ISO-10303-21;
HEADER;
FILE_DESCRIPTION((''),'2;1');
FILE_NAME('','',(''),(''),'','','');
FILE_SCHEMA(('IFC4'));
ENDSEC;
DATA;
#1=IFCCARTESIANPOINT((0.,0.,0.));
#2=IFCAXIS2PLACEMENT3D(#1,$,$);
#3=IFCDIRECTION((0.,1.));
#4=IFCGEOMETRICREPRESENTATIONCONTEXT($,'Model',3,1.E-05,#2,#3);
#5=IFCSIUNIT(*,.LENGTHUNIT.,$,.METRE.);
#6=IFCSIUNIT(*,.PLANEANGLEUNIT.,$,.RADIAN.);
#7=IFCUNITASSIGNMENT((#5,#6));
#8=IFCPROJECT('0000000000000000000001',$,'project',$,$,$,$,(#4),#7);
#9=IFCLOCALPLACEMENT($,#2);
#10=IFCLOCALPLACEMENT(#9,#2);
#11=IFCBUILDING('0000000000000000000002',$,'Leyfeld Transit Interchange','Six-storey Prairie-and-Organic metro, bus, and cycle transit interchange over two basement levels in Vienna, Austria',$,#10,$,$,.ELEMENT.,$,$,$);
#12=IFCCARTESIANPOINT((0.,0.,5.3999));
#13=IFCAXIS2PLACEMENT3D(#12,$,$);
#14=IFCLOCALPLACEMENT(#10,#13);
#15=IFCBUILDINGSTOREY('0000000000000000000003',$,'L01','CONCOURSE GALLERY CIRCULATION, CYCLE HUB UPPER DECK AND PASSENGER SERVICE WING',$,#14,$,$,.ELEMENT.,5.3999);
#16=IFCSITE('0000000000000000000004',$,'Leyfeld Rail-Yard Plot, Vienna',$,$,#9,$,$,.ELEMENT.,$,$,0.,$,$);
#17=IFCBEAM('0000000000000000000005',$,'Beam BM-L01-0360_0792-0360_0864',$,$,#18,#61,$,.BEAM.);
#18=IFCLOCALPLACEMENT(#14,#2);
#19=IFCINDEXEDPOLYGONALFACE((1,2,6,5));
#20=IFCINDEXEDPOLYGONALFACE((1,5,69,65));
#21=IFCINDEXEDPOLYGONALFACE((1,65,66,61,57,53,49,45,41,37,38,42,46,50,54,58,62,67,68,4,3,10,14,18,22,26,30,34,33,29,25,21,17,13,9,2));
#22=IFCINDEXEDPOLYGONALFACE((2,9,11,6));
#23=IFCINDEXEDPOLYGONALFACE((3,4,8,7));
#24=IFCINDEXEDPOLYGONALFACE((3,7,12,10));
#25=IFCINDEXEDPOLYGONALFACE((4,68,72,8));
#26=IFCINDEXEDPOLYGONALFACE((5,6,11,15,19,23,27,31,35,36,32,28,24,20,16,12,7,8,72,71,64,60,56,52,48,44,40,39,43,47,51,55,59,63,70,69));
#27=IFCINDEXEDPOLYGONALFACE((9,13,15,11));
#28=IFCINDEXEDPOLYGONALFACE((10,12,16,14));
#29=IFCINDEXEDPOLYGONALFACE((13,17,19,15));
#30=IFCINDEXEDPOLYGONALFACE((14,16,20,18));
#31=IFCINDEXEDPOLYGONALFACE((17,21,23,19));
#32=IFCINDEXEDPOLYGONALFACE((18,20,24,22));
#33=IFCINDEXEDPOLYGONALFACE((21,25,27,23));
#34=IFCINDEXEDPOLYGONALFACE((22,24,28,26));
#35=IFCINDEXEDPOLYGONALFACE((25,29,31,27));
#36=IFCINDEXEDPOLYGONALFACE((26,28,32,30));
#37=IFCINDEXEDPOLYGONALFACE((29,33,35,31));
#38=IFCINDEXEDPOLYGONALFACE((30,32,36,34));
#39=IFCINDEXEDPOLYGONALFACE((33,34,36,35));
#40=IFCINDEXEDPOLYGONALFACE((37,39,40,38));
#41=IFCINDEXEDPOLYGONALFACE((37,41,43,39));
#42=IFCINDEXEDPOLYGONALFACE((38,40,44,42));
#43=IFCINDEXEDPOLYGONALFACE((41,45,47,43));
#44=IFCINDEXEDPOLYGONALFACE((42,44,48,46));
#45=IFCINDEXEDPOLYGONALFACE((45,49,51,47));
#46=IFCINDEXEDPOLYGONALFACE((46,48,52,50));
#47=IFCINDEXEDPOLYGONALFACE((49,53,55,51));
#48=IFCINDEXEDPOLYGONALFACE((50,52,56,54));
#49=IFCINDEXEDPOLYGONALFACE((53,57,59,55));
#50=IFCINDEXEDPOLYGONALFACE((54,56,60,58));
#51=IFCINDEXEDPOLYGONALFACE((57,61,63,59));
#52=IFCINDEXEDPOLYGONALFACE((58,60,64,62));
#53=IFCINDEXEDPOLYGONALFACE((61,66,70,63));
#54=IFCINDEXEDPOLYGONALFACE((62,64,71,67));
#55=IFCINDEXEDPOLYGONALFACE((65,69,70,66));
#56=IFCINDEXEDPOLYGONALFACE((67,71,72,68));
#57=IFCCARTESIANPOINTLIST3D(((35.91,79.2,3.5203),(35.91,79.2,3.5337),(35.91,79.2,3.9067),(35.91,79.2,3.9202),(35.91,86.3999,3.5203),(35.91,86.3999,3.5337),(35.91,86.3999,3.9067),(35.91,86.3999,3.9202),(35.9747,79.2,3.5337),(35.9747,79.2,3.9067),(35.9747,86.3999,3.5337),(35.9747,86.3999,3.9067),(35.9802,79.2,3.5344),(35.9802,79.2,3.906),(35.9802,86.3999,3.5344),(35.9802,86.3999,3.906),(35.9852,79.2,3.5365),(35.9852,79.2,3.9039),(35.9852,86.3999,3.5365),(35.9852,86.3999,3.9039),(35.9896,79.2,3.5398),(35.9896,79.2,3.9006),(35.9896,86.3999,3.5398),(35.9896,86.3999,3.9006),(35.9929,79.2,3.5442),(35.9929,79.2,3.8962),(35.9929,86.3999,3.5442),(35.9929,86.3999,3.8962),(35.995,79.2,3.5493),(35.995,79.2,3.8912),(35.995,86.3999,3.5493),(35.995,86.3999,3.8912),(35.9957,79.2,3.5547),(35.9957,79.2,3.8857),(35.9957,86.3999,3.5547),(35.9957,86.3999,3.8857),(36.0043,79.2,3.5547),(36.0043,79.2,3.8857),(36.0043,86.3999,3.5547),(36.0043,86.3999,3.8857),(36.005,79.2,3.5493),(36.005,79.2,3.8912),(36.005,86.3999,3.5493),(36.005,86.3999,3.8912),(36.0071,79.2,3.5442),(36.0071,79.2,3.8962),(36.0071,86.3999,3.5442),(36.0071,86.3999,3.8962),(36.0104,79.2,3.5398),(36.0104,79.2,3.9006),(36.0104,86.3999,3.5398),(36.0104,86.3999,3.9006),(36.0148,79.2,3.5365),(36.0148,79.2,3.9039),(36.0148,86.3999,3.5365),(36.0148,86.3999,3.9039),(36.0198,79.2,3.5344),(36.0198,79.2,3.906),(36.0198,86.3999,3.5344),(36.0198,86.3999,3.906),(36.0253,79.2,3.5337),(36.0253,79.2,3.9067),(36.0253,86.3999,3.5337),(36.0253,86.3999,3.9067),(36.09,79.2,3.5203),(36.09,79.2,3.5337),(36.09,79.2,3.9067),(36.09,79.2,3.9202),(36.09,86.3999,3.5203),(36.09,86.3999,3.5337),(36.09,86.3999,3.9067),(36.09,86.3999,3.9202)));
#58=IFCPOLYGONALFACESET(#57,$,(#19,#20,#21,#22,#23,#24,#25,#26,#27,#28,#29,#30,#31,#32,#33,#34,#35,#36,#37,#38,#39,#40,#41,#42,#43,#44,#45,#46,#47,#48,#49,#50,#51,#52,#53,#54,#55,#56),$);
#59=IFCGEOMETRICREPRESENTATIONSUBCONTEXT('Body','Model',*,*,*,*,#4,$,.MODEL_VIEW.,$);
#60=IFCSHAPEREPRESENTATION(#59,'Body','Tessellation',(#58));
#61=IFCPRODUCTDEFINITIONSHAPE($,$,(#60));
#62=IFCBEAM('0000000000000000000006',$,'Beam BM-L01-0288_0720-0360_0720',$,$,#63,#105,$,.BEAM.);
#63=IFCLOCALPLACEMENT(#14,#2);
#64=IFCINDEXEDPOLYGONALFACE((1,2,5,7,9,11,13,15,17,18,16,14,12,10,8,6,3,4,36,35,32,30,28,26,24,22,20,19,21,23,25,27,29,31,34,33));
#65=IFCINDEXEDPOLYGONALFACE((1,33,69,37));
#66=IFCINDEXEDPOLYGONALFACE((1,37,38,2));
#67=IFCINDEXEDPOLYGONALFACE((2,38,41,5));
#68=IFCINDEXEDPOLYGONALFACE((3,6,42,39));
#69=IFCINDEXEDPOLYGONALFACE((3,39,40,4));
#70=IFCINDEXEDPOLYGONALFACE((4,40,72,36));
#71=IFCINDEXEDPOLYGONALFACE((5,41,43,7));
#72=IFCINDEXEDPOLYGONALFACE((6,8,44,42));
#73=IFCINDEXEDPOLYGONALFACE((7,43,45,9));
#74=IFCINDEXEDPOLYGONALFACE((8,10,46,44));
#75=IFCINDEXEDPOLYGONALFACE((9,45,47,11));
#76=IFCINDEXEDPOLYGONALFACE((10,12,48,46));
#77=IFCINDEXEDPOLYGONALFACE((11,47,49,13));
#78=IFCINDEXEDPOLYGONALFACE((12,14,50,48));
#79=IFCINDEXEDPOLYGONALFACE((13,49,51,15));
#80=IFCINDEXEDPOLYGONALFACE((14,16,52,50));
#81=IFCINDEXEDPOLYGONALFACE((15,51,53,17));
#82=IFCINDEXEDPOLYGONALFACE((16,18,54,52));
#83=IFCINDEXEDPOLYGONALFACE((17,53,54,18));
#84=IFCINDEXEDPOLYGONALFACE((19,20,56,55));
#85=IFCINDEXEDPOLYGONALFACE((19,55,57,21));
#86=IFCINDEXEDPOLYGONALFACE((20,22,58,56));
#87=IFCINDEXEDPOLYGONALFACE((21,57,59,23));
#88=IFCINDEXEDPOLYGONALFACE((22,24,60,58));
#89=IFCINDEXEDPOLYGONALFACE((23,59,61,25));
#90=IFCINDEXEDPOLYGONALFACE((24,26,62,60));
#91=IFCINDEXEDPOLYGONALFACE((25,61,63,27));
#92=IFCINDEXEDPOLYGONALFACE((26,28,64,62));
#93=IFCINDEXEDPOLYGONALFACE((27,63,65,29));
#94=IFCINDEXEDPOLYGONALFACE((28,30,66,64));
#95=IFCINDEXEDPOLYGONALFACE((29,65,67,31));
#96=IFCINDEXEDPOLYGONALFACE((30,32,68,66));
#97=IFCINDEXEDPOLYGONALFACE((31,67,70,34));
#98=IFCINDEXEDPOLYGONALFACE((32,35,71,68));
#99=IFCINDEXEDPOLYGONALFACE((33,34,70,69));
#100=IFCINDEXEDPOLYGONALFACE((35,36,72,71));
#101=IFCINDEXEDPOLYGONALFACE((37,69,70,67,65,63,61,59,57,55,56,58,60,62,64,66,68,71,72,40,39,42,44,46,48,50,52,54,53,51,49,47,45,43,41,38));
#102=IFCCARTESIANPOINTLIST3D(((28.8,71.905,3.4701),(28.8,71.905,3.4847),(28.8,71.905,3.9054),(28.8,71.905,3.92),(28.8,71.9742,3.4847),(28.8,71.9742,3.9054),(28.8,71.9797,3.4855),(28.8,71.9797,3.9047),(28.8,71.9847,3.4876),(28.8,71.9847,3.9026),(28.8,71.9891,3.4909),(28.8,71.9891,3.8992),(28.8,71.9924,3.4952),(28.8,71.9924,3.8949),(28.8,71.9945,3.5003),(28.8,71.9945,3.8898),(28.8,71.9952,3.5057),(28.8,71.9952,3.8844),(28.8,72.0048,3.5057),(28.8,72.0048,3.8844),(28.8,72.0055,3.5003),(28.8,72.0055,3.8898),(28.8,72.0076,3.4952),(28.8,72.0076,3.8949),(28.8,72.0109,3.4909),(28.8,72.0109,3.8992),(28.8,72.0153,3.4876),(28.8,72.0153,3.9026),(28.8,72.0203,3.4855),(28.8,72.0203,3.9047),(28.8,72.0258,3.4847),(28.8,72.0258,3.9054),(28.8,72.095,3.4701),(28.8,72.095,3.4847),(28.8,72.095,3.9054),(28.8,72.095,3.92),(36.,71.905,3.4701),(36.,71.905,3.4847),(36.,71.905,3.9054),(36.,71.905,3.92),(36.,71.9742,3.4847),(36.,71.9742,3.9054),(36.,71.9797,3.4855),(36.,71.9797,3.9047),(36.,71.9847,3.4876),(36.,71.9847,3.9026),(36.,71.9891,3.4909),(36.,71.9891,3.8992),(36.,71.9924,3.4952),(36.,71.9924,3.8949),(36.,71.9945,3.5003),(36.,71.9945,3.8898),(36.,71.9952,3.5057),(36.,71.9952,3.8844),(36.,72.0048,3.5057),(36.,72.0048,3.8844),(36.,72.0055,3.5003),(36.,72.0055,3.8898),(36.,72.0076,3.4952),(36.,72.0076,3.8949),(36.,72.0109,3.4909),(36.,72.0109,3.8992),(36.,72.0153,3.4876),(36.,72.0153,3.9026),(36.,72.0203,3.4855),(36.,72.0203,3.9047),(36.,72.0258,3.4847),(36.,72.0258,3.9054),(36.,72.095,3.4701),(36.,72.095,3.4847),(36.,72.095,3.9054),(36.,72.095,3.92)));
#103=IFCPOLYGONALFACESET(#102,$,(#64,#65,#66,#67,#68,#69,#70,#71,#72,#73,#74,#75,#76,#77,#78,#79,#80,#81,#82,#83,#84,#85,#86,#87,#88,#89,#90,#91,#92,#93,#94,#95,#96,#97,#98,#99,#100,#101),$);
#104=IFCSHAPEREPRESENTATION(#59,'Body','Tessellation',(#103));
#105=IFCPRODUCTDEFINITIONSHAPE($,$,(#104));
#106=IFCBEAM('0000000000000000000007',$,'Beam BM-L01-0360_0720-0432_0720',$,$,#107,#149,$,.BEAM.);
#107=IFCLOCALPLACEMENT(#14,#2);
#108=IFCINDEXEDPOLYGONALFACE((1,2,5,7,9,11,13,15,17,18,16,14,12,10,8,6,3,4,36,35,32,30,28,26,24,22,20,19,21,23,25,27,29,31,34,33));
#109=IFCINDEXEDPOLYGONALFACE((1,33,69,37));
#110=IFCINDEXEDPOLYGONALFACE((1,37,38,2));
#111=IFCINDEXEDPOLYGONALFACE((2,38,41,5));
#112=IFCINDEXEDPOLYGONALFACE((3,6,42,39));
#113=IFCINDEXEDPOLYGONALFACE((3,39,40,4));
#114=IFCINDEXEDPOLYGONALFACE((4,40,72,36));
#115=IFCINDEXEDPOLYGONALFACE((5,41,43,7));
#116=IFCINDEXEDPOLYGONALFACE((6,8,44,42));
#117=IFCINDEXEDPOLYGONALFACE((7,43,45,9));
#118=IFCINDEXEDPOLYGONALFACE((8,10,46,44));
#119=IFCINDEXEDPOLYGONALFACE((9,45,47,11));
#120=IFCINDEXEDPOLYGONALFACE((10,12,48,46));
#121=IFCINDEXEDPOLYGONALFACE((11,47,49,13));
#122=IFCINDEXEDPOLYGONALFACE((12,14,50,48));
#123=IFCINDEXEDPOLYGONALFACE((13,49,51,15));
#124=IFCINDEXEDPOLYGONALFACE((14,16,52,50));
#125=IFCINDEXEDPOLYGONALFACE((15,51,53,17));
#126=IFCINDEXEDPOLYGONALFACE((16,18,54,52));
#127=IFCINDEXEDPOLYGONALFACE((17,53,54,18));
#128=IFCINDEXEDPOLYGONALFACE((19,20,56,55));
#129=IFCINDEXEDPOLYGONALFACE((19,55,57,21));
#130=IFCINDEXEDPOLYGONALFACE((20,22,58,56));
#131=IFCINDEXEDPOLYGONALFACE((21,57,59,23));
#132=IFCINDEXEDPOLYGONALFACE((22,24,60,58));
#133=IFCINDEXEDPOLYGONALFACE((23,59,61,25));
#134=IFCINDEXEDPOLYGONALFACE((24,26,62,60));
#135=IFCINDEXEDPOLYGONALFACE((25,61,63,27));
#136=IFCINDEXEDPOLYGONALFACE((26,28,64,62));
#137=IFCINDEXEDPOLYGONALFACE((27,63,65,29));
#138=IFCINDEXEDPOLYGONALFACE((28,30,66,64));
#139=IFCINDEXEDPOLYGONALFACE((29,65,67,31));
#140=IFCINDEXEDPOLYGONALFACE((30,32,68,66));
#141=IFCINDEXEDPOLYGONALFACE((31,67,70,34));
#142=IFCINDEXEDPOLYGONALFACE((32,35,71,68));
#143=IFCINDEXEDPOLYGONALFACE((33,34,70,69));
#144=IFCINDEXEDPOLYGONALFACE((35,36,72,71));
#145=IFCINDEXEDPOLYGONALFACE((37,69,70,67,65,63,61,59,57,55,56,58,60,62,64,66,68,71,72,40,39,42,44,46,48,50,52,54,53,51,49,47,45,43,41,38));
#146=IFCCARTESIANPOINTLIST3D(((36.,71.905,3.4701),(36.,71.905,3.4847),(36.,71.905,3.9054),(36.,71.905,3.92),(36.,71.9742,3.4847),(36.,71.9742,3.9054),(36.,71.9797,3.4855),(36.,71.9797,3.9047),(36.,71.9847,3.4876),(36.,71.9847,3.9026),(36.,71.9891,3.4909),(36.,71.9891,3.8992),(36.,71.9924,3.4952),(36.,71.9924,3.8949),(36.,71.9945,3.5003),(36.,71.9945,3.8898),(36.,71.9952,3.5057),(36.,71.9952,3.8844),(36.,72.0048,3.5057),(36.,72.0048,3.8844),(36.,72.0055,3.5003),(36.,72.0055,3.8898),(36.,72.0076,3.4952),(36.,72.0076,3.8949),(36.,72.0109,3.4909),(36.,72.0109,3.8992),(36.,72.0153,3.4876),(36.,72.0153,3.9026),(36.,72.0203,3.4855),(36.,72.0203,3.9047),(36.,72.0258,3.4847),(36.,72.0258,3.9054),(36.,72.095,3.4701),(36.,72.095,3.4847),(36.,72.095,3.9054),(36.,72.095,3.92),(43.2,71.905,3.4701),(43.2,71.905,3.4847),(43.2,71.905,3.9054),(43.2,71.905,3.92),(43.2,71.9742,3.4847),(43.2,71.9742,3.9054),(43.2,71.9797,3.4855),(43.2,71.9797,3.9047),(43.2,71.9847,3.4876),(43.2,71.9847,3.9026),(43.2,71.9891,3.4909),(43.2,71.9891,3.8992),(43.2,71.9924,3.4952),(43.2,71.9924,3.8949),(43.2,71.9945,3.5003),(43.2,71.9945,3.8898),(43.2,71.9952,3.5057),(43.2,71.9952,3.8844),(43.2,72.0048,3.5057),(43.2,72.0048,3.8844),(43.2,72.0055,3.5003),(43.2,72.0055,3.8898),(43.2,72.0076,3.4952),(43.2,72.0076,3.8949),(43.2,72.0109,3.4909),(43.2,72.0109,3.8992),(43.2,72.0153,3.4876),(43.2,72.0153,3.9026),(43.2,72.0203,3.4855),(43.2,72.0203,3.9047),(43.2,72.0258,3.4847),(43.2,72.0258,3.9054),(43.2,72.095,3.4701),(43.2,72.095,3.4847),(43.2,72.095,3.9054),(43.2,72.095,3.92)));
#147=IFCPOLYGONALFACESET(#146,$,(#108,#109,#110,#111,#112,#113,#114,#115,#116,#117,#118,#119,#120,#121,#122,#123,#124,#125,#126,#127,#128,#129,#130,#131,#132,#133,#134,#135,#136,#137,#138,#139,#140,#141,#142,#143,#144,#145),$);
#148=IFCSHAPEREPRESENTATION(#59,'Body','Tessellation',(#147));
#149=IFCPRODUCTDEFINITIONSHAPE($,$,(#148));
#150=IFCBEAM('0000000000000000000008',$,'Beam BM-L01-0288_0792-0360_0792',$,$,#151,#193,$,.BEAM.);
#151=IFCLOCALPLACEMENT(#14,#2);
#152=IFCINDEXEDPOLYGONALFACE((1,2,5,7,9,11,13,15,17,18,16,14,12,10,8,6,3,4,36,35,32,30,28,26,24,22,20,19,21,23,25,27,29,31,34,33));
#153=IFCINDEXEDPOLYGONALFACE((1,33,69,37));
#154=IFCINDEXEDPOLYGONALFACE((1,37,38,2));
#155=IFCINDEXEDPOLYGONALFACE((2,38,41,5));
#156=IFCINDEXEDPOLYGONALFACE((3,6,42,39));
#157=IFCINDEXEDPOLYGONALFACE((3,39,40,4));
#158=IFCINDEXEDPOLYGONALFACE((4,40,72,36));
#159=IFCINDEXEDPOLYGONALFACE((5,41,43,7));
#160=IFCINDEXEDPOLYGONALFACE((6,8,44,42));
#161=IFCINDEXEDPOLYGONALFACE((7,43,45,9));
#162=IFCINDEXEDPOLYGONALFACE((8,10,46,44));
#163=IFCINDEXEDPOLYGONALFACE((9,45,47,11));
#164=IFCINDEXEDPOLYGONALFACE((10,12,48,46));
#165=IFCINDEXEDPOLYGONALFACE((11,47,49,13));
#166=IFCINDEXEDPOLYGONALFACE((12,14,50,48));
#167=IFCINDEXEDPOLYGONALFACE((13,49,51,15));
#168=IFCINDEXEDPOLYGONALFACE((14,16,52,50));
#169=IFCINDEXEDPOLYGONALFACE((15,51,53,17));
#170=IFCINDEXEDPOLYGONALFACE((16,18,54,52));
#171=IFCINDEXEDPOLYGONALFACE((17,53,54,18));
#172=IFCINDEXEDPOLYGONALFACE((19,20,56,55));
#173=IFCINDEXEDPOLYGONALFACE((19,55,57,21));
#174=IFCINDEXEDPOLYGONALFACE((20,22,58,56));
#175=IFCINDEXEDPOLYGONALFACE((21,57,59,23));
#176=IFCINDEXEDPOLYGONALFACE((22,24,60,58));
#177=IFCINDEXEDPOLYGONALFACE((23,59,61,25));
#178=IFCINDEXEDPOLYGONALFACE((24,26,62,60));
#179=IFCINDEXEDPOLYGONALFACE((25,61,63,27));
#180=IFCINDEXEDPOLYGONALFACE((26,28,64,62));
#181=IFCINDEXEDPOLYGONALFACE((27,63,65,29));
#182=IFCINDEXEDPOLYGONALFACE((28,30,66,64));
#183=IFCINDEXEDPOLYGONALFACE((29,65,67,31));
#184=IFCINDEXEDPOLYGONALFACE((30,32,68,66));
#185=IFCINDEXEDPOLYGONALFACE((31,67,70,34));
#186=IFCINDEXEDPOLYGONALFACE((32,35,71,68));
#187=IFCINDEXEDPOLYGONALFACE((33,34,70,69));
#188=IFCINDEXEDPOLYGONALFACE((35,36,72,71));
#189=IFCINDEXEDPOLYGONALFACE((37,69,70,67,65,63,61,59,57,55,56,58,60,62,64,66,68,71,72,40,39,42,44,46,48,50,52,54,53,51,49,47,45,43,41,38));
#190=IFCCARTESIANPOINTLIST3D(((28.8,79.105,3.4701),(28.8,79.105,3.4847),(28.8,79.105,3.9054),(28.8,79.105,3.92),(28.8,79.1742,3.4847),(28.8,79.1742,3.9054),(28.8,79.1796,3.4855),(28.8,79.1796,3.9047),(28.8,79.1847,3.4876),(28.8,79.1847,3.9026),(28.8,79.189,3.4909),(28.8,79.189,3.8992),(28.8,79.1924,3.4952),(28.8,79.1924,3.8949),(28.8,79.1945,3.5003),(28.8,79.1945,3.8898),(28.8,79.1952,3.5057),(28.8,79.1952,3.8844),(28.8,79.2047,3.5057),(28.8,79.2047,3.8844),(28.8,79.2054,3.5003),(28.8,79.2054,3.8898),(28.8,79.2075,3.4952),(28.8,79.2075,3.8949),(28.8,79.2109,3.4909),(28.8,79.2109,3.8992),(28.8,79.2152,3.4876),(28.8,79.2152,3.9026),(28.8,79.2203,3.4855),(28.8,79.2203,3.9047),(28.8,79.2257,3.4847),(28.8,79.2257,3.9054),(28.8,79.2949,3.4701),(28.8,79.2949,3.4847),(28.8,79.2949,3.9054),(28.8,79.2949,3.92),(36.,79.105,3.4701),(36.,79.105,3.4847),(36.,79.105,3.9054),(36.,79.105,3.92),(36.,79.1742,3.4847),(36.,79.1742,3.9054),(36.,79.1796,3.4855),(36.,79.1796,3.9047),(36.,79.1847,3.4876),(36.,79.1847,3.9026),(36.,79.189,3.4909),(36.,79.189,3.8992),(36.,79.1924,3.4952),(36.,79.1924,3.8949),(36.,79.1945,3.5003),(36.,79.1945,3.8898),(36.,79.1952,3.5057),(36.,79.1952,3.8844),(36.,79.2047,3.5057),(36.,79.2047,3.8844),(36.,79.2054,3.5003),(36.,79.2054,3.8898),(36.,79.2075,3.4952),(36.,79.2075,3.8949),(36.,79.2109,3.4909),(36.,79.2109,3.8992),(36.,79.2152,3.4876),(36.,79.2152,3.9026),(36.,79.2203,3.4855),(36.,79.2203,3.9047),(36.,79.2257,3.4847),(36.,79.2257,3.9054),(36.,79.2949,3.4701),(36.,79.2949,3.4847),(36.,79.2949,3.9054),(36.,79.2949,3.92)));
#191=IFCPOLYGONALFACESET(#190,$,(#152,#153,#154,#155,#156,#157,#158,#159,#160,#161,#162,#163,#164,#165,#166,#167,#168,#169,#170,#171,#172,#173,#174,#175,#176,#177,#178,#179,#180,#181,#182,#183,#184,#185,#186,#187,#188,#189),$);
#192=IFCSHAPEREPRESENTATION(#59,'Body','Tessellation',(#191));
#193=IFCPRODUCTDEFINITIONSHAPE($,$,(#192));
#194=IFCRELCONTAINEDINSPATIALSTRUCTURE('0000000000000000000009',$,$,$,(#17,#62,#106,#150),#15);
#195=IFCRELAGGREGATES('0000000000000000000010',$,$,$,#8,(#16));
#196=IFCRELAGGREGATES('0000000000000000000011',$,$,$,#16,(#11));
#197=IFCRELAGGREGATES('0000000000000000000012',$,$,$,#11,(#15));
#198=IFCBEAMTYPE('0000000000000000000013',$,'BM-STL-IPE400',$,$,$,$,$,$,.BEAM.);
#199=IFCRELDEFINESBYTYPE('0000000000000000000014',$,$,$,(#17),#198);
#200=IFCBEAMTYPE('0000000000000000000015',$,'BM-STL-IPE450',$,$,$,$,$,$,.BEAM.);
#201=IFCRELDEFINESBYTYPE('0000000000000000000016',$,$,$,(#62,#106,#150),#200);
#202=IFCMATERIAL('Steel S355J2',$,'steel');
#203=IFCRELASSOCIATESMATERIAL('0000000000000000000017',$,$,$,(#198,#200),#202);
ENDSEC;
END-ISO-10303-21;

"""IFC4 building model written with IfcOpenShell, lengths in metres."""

from ifc_helpers import new_model, si_unit, direction, frame, origin, origin_2d, place, context, subcontext, project, spatial, i_section, extrude, material, material_profile, profile_set, type_object, element, save


model = new_model("IFC4")

# Units and contexts
model_context = context("Model", 3, precision=1e-05, world=origin(), true_north=direction((0.0, 1.0)))
body_context = subcontext(model_context, "Body", "Model", "MODEL_VIEW")
ifc_project = project(units=[si_unit("LENGTHUNIT", "METRE"), si_unit("PLANEANGLEUNIT", "RADIAN")], contexts=[model_context])

# Site, building, storey
site_placement = place(None, origin())
site = spatial("IfcSite", under=ifc_project, at=site_placement, Name="Leyfeld Rail-Yard Plot, Vienna", CompositionType="ELEMENT", RefElevation=0.0)
building_placement = place(site_placement, origin())
building = spatial("IfcBuilding", under=site, at=building_placement, Name="Leyfeld Transit Interchange", Description="Six-storey Prairie-and-Organic metro, bus, and cycle transit interchange over two basement levels in Vienna, Austria", CompositionType="ELEMENT")
storey_placement = place(building_placement, frame((0.0, 0.0, 5.3999)))
storey = spatial("IfcBuildingStorey", under=building, at=storey_placement, Name="L01", Description="CONCOURSE GALLERY CIRCULATION, CYCLE HUB UPPER DECK AND PASSENGER SERVICE WING", CompositionType="ELEMENT", Elevation=5.3999)

# Beams
ifc_material_1 = material(Name="Steel S355J2", Category="steel")
ifc_material_profile_1 = material_profile(ifc_material_1, i_section(OverallWidth=0.1799, OverallDepth=0.3999, WebThickness=0.0085, FlangeThickness=0.0134, FilletRadius=0.021, at=origin_2d()), Name="IPE 400")
ifc_profile_set_1 = profile_set([ifc_material_profile_1], Name="Steel S355J2")
beam_type_1 = type_object("IfcBeamType", Name="BM-STL-IPE400", PredefinedType="BEAM", material=ifc_profile_set_1)
for number, where, z_axis, x_axis, name in (
    (1, (36.0, 79.2, 3.7202), (0.0, 1.0, 0.0), (-1.0, 0.0, 0.0), "Beam BM-L01-0360_0792-0360_0864"),
):
    element("IfcBeam", number, at=place(storey_placement, frame(where, z_axis=z_axis, x_axis=x_axis)), inside=storey, type_object=beam_type_1, Name=name, PredefinedType="BEAM", context=body_context, shape_type="SweptSolid", body=[
        extrude(i_section(OverallWidth=0.1799, OverallDepth=0.3999, WebThickness=0.0085, FlangeThickness=0.0134, FilletRadius=0.021, at=origin_2d()), origin(), (0.0, 0.0, 1.0), 7.2),
    ])
ifc_material_profile_2 = material_profile(ifc_material_1, i_section(OverallWidth=0.1899, OverallDepth=0.45, WebThickness=0.0095, FlangeThickness=0.0146, FilletRadius=0.021, at=origin_2d()), Name="IPE 450")
ifc_profile_set_2 = profile_set([ifc_material_profile_2], Name="Steel S355J2")
beam_type_2 = type_object("IfcBeamType", Name="BM-STL-IPE450", PredefinedType="BEAM", material=ifc_profile_set_2)
for number, where, z_axis, x_axis, name in (
    (2, (28.8, 72.0, 3.6951), (1.0, 0.0, 0.0), (0.0, 1.0, 0.0), "Beam BM-L01-0288_0720-0360_0720"),
    (3, (36.0, 72.0, 3.6951), (1.0, 0.0, 0.0), (0.0, 1.0, 0.0), "Beam BM-L01-0360_0720-0432_0720"),
    (4, (28.8, 79.2, 3.6951), (1.0, 0.0, 0.0), (0.0, 1.0, 0.0), "Beam BM-L01-0288_0792-0360_0792"),
):
    element("IfcBeam", number, at=place(storey_placement, frame(where, z_axis=z_axis, x_axis=x_axis)), inside=storey, type_object=beam_type_2, Name=name, PredefinedType="BEAM", context=body_context, shape_type="SweptSolid", body=[
        extrude(i_section(OverallWidth=0.1899, OverallDepth=0.45, WebThickness=0.0095, FlangeThickness=0.0146, FilletRadius=0.021, at=origin_2d()), origin(), (0.0, 0.0, 1.0), 7.2),
    ])

save(model, "model.ifc")
